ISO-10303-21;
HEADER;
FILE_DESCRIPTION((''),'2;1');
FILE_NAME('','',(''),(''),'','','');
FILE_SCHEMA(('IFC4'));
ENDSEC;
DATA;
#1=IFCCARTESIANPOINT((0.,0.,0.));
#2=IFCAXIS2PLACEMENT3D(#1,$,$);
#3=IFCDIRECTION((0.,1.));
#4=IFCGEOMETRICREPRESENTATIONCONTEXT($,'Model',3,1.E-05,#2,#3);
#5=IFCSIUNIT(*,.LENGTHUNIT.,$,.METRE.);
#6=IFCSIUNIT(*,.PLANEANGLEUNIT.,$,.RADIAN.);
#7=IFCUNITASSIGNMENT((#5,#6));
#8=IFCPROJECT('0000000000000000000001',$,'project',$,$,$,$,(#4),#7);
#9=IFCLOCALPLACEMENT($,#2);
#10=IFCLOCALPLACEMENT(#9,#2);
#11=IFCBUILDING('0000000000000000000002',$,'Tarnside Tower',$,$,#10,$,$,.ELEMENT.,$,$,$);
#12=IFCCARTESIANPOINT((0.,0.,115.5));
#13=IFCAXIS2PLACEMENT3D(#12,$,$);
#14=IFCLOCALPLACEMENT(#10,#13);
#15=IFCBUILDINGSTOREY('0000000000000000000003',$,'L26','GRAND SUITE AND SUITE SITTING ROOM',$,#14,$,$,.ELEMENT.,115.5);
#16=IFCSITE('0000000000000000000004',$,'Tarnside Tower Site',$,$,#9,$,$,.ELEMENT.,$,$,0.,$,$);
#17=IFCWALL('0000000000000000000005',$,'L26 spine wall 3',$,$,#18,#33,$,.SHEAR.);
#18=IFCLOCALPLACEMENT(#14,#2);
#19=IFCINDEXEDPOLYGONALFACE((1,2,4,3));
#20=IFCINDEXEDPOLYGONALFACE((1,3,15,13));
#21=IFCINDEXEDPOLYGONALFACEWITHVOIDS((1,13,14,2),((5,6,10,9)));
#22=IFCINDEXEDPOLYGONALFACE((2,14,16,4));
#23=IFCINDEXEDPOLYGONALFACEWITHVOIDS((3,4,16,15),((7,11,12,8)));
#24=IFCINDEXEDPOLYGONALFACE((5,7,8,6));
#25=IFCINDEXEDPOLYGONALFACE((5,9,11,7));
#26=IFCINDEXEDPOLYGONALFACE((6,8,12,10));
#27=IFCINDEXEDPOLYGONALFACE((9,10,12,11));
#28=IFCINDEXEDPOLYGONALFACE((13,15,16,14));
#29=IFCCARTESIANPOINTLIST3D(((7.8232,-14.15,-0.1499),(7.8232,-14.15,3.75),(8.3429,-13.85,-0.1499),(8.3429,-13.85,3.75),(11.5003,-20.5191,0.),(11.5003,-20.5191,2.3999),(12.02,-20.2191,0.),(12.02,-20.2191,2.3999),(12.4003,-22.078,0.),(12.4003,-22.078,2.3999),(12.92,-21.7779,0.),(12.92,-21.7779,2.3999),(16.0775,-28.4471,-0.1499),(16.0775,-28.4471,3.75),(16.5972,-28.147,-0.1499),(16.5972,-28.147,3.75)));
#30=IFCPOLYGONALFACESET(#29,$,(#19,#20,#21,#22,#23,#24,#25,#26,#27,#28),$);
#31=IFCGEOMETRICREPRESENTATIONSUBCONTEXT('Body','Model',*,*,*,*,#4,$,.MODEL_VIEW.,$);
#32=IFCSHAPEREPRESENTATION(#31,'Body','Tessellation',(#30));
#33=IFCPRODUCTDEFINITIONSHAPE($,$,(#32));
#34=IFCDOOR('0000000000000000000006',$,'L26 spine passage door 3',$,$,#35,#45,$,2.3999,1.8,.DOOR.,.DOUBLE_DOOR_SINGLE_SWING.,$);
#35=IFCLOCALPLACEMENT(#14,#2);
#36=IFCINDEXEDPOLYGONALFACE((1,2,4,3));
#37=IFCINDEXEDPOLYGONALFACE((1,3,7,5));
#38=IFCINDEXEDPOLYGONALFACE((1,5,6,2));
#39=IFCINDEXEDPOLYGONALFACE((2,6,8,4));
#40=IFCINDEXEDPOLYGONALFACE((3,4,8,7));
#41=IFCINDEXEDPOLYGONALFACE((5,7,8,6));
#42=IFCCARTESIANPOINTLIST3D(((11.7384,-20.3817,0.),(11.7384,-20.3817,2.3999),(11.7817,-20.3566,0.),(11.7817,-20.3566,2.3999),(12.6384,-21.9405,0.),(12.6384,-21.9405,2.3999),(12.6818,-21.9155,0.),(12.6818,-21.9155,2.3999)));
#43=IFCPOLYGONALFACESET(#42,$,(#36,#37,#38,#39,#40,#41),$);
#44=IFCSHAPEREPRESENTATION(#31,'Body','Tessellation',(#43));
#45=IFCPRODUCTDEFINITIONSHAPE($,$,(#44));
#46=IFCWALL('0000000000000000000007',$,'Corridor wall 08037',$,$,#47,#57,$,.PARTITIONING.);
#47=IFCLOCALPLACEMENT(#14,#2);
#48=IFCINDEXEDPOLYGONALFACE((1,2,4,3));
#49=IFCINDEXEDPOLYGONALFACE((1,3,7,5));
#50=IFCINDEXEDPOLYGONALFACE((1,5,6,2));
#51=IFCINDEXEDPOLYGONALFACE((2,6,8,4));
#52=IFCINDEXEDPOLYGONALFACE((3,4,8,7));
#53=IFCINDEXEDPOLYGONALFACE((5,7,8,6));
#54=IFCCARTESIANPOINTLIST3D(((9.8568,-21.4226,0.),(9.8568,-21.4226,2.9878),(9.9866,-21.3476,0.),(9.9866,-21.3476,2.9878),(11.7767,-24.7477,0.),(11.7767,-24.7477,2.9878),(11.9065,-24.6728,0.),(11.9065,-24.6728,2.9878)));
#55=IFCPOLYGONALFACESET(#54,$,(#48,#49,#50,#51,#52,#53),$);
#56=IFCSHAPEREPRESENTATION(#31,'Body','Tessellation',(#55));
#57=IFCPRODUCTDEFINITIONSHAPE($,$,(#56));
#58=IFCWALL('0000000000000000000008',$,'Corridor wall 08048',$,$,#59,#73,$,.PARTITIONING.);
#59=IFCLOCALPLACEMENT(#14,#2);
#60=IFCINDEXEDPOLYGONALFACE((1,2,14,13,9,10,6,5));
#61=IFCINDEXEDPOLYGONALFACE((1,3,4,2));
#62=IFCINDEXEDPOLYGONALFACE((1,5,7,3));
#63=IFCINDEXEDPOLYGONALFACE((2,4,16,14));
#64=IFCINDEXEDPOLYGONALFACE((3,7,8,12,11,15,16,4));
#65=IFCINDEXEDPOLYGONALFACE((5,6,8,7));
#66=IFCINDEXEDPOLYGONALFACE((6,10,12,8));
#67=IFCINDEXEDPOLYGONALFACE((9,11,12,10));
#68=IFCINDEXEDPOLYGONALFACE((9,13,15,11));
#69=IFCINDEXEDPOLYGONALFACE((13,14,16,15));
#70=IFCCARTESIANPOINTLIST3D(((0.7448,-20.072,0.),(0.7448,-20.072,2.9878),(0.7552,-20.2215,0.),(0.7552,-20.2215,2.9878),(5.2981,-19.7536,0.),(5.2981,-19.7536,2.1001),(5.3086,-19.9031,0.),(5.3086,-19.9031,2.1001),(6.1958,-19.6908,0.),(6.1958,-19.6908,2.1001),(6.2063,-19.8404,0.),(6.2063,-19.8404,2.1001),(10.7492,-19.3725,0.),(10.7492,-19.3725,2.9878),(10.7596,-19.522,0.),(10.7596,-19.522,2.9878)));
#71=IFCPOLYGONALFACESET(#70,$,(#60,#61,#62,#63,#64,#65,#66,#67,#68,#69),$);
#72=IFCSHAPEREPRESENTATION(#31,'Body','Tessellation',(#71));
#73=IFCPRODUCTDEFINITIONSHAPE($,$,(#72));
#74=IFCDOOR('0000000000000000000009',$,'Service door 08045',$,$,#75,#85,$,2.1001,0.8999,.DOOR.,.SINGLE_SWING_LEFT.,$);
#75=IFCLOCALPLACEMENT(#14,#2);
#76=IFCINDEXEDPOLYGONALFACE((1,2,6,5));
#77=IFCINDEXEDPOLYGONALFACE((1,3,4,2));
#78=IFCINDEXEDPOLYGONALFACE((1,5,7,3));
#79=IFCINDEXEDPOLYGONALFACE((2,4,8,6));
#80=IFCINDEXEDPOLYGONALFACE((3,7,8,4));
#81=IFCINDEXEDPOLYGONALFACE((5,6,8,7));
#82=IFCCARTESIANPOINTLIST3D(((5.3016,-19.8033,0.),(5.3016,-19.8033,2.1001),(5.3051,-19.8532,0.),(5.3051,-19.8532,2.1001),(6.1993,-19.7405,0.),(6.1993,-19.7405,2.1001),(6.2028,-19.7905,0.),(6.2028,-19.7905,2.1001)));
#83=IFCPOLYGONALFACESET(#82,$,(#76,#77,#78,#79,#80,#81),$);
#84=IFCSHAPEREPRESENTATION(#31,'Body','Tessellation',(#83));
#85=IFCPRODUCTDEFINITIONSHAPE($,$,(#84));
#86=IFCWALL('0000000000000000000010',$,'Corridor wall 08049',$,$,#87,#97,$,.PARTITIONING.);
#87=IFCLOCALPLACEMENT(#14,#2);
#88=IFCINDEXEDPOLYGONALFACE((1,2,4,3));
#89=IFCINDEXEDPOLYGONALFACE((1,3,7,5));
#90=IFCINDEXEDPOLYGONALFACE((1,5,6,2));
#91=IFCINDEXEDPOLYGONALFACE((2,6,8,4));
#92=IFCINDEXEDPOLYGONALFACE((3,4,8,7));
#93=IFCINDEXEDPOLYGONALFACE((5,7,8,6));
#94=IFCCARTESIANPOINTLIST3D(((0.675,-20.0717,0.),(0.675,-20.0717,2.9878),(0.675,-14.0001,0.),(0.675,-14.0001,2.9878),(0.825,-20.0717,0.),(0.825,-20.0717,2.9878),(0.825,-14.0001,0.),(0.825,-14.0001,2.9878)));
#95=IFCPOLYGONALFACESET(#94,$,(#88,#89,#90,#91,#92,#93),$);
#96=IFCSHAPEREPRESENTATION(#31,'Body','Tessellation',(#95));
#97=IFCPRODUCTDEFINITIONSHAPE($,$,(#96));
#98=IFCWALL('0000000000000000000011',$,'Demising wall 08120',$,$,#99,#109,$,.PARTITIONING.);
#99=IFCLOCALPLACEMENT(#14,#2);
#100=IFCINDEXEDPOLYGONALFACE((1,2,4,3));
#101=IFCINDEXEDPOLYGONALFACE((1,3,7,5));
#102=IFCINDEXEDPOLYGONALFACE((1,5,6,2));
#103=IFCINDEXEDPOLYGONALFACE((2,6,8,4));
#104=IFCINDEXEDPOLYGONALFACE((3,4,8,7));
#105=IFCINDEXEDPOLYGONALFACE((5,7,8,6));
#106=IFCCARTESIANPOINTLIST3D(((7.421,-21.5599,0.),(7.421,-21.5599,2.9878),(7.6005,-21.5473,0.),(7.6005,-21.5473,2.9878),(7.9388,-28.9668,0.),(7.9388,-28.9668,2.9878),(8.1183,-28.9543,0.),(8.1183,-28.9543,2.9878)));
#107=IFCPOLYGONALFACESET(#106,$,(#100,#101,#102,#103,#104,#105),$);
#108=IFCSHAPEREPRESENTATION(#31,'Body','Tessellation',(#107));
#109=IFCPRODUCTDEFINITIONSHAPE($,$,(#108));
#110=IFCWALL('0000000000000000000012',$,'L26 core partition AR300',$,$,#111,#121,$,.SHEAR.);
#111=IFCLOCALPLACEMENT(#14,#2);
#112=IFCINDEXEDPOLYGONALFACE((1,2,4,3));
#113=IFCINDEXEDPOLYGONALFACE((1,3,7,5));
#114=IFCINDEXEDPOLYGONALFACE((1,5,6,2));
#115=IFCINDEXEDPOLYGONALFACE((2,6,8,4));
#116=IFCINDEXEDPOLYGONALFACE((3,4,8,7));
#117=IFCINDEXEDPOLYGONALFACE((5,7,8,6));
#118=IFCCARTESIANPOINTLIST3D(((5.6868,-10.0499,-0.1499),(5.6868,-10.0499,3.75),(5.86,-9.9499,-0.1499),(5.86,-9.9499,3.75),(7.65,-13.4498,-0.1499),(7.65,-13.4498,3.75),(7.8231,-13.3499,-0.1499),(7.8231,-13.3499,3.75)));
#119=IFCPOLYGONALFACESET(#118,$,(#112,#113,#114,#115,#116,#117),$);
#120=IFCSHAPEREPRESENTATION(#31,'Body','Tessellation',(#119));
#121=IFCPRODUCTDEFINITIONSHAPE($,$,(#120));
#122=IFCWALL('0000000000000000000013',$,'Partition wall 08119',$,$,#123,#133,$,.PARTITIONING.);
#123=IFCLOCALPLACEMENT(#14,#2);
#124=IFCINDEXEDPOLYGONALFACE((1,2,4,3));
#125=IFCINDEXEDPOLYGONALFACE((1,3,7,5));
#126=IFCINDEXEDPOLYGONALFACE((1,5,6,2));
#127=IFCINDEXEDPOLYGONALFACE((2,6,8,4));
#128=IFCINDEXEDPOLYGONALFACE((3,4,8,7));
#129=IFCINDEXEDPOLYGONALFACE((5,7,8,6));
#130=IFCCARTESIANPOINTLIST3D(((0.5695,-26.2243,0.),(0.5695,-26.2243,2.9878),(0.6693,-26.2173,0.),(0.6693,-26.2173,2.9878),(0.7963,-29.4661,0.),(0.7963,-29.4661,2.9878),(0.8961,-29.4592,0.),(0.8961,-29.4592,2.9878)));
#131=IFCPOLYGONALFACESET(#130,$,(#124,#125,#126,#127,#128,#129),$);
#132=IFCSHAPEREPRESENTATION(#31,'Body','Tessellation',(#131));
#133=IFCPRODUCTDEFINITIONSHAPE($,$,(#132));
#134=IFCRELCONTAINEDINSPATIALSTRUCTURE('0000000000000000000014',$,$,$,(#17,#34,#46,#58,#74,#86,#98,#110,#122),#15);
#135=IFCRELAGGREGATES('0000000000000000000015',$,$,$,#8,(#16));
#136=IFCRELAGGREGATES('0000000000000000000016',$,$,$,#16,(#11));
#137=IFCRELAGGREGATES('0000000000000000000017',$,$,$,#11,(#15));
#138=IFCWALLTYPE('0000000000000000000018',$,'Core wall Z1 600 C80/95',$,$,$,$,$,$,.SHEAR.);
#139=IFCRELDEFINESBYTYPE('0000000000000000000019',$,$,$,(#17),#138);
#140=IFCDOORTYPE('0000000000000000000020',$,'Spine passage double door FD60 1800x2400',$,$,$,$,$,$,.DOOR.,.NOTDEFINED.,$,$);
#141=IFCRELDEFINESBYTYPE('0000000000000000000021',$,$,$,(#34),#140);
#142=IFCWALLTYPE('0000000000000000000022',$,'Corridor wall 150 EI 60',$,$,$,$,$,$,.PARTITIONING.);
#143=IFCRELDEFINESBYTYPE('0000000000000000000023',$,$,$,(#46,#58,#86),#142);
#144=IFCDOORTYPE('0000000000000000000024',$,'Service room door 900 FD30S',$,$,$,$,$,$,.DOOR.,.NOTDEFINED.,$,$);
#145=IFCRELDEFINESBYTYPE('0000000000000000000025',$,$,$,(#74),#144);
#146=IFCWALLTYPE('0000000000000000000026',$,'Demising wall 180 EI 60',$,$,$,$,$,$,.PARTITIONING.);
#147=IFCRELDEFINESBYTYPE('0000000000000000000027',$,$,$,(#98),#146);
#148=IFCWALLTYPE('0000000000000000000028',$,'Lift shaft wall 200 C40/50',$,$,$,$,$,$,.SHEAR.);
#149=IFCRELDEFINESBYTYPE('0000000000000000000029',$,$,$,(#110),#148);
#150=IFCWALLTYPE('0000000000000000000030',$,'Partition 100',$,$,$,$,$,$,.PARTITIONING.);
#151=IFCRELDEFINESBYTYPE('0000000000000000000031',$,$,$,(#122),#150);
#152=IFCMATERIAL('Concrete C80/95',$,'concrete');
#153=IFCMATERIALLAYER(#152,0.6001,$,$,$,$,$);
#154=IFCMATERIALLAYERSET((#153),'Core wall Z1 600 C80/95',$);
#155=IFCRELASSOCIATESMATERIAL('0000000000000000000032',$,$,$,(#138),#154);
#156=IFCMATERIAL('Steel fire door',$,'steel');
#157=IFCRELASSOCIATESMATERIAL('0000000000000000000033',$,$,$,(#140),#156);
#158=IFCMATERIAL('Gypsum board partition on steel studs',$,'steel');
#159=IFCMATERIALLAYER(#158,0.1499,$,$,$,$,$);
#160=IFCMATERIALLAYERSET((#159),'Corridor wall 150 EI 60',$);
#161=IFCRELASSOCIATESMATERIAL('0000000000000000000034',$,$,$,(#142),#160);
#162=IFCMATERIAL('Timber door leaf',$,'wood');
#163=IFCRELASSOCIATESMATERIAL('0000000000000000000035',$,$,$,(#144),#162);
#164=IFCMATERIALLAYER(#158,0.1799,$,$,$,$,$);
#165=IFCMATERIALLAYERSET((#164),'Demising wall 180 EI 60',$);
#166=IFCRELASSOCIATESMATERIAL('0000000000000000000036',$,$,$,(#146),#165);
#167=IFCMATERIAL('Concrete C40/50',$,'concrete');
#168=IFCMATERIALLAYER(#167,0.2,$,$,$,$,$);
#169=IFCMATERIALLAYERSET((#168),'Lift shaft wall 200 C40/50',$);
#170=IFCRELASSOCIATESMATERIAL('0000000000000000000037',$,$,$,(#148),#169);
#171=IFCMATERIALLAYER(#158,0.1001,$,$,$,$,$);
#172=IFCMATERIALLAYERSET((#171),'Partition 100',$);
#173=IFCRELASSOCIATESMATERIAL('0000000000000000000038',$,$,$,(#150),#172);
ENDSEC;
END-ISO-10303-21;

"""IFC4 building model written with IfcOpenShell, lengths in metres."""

from ifc_helpers import new_model, si_unit, direction, frame, frame_2d, origin, place, context, subcontext, project, spatial, rectangle, extrude, material, layer, layer_set, type_object, element, fill, save


model = new_model("IFC4")

# Units and contexts
model_context = context("Model", 3, precision=1e-05, world=origin(), true_north=direction((0.0, 1.0)))
body_context = subcontext(model_context, "Body", "Model", "MODEL_VIEW")
ifc_project = project(units=[si_unit("LENGTHUNIT", "METRE"), si_unit("PLANEANGLEUNIT", "RADIAN")], contexts=[model_context])

# Site, building, storey
site_placement = place(None, origin())
site = spatial("IfcSite", under=ifc_project, at=site_placement, Name="Tarnside Tower Site", CompositionType="ELEMENT", RefElevation=0.0)
building_placement = place(site_placement, origin())
building = spatial("IfcBuilding", under=site, at=building_placement, Name="Tarnside Tower", CompositionType="ELEMENT")
storey_placement = place(building_placement, frame((0.0, 0.0, 115.5)))
storey = spatial("IfcBuildingStorey", under=building, at=storey_placement, Name="L26", Description="GRAND SUITE AND SUITE SITTING ROOM", CompositionType="ELEMENT", Elevation=115.5)

# Shared definitions
ifc_material_1 = material(Name="Gypsum board partition on steel studs", Category="steel")

# Shared definitions
ifc_material_2 = material(Name="Timber door leaf", Category="wood")

# Wall, opening, door
ifc_material_3 = material(Name="Steel fire door", Category="steel")
ifc_material_4 = material(Name="Concrete C80/95", Category="concrete")
ifc_layer_1 = layer(ifc_material_4, 0.6001)
ifc_layer_set_1 = layer_set([ifc_layer_1], Name="Core wall Z1 600 C80/95")
wall_type_1 = type_object("IfcWallType", Name="Core wall Z1 600 C80/95", PredefinedType="SHEAR", material=ifc_layer_set_1)
wall_1_placement = place(storey_placement, frame((8.083, -14.0, -0.1499), z_axis=(0.0, 0.0, 1.0), x_axis=(0.499998, -0.866027, 0.0)))
wall_1 = element("IfcWall", 1, at=wall_1_placement, inside=storey, type_object=wall_type_1, Name="L26 spine wall 3", PredefinedType="SHEAR", context=body_context, shape_type="SweptSolid", body=[
    extrude(rectangle(XDim=16.5088, YDim=0.6001, at=frame_2d((8.2544, 0.0))), origin(), (0.0, 0.0, 1.0), 3.8999),
])
opening_1_placement = place(wall_1_placement, frame((7.3545, 0.0, 0.1499)))
opening_1 = element("IfcOpeningElement", 2, at=opening_1_placement, cuts=wall_1, PredefinedType="OPENING", context=body_context, shape_type="SweptSolid", body=[
    extrude(rectangle(XDim=1.8, YDim=2.3999, at=frame_2d((0.8999, 1.2))), frame((0.0, 0.3101, 0.0), z_axis=(0.0, -1.0, 0.0), x_axis=(1.0, 0.0, 0.0)), (0.0, 0.0, 1.0), 0.6201),
])
door_type_1 = type_object("IfcDoorType", Name="Spine passage double door FD60 1800x2400", OperationType="NOTDEFINED", PredefinedType="DOOR", material=ifc_material_3)
door_1_placement = place(opening_1_placement, origin())
door_1 = element("IfcDoor", 3, at=door_1_placement, inside=storey, type_object=door_type_1, Name="L26 spine passage door 3", OperationType="DOUBLE_DOOR_SINGLE_SWING", OverallHeight=2.3999, OverallWidth=1.8, PredefinedType="DOOR", context=body_context, shape_type="SweptSolid", body=[
    extrude(rectangle(XDim=1.8, YDim=2.3999, at=frame_2d((0.8999, 1.2))), frame((0.0, 0.0249, 0.0), z_axis=(0.0, -1.0, 0.0), x_axis=(1.0, 0.0, 0.0)), (0.0, 0.0, 1.0), 0.05),
])
fill(opening_1, door_1)

# Wall
ifc_layer_2 = layer(ifc_material_1, 0.1499)
ifc_layer_set_2 = layer_set([ifc_layer_2], Name="Corridor wall 150 EI 60")
wall_type_2 = type_object("IfcWallType", Name="Corridor wall 150 EI 60", PredefinedType="PARTITIONING", material=ifc_layer_set_2)
wall_2_placement = place(storey_placement, frame((9.9216, -21.385, 0.0), z_axis=(0.0, 0.0, 1.0), x_axis=(0.500023, -0.866012, 0.0)))
element("IfcWall", 4, at=wall_2_placement, inside=storey, type_object=wall_type_2, Name="Corridor wall 08037", PredefinedType="PARTITIONING", context=body_context, shape_type="SweptSolid", body=[
    extrude(rectangle(XDim=3.8396, YDim=0.1499, at=frame_2d((1.9199, 0.0))), origin(), (0.0, 0.0, 1.0), 2.9878),
])

# Wall, opening, door
wall_3_placement = place(storey_placement, frame((10.7544, -19.4473, 0.0), z_axis=(0.0, 0.0, 1.0), x_axis=(-0.997565, -0.069745, 0.0)))
wall_3 = element("IfcWall", 5, at=wall_3_placement, inside=storey, type_object=wall_type_2, Name="Corridor wall 08048", PredefinedType="PARTITIONING", context=body_context, shape_type="SweptSolid", body=[
    extrude(rectangle(XDim=10.0288, YDim=0.1499, at=frame_2d((5.0144, 0.0))), origin(), (0.0, 0.0, 1.0), 2.9878),
])
opening_2_placement = place(wall_3_placement, frame((4.5645, 0.0, 0.0)))
opening_2 = element("IfcOpeningElement", 6, at=opening_2_placement, cuts=wall_3, PredefinedType="OPENING", context=body_context, shape_type="SweptSolid", body=[
    extrude(rectangle(XDim=0.8999, YDim=2.1001, at=frame_2d((0.45, 1.05))), frame((0.0, 0.085, 0.0), z_axis=(0.0, -1.0, 0.0), x_axis=(1.0, 0.0, 0.0)), (0.0, 0.0, 1.0), 0.1699),
])
door_type_2 = type_object("IfcDoorType", Name="Service room door 900 FD30S", OperationType="NOTDEFINED", PredefinedType="DOOR", material=ifc_material_2)
door_2_placement = place(opening_2_placement, origin())
door_2 = element("IfcDoor", 7, at=door_2_placement, inside=storey, type_object=door_type_2, Name="Service door 08045", OperationType="SINGLE_SWING_LEFT", OverallHeight=2.1001, OverallWidth=0.8999, PredefinedType="DOOR", context=body_context, shape_type="SweptSolid", body=[
    extrude(rectangle(XDim=0.8999, YDim=2.1001, at=frame_2d((0.45, 1.05))), frame((0.0, 0.0249, 0.0), z_axis=(0.0, -1.0, 0.0), x_axis=(1.0, 0.0, 0.0)), (0.0, 0.0, 1.0), 0.05),
])
fill(opening_2, door_2)

# Walls
wall_4_placement = place(storey_placement, frame((0.75, -20.0715, 0.0), z_axis=(0.0, 0.0, 1.0), x_axis=(0.0, 1.0, 0.0)))
element("IfcWall", 8, at=wall_4_placement, inside=storey, type_object=wall_type_2, Name="Corridor wall 08049", PredefinedType="PARTITIONING", context=body_context, shape_type="SweptSolid", body=[
    extrude(rectangle(XDim=6.0715, YDim=0.1499, at=frame_2d((3.0356, 0.0))), origin(), (0.0, 0.0, 1.0), 2.9878),
])
ifc_layer_3 = layer(ifc_material_1, 0.1799)
ifc_layer_set_3 = layer_set([ifc_layer_3], Name="Demising wall 180 EI 60")
wall_type_3 = type_object("IfcWallType", Name="Demising wall 180 EI 60", PredefinedType="PARTITIONING", material=ifc_layer_set_3)
wall_5_placement = place(storey_placement, frame((8.0286, -28.9604, 0.0), z_axis=(0.0, 0.0, 1.0), x_axis=(-0.06974, 0.997565, 0.0)))
element("IfcWall", 9, at=wall_5_placement, inside=storey, type_object=wall_type_3, Name="Demising wall 08120", PredefinedType="PARTITIONING", context=body_context, shape_type="SweptSolid", body=[
    extrude(rectangle(XDim=7.425, YDim=0.1799, at=frame_2d((3.7124, 0.0))), origin(), (0.0, 0.0, 1.0), 2.9878),
])
ifc_material_5 = material(Name="Concrete C40/50", Category="concrete")
ifc_layer_4 = layer(ifc_material_5, 0.2)
ifc_layer_set_4 = layer_set([ifc_layer_4], Name="Lift shaft wall 200 C40/50")
wall_type_4 = type_object("IfcWallType", Name="Lift shaft wall 200 C40/50", PredefinedType="SHEAR", material=ifc_layer_set_4)
wall_6_placement = place(storey_placement, frame((5.7734, -10.0, -0.1499), z_axis=(0.0, 0.0, 1.0), x_axis=(0.500038, -0.866003, 0.0)))
element("IfcWall", 10, at=wall_6_placement, inside=storey, type_object=wall_type_4, Name="L26 core partition AR300", PredefinedType="SHEAR", context=body_context, shape_type="SweptSolid", body=[
    extrude(rectangle(XDim=3.926, YDim=0.2, at=frame_2d((1.9629, 0.0))), origin(), (0.0, 0.0, 1.0), 3.8999),
])
ifc_layer_5 = layer(ifc_material_1, 0.1001)
ifc_layer_set_5 = layer_set([ifc_layer_5], Name="Partition 100")
wall_type_5 = type_object("IfcWallType", Name="Partition 100", PredefinedType="PARTITIONING", material=ifc_layer_set_5)
wall_7_placement = place(storey_placement, frame((0.6194, -26.2207, 0.0), z_axis=(0.0, 0.0, 1.0), x_axis=(0.06979, -0.997562, 0.0)))
element("IfcWall", 11, at=wall_7_placement, inside=storey, type_object=wall_type_5, Name="Partition wall 08119", PredefinedType="PARTITIONING", context=body_context, shape_type="SweptSolid", body=[
    extrude(rectangle(XDim=3.2498, YDim=0.1001, at=frame_2d((1.625, 0.0))), origin(), (0.0, 0.0, 1.0), 2.9878),
])

save(model, "model.ifc")
